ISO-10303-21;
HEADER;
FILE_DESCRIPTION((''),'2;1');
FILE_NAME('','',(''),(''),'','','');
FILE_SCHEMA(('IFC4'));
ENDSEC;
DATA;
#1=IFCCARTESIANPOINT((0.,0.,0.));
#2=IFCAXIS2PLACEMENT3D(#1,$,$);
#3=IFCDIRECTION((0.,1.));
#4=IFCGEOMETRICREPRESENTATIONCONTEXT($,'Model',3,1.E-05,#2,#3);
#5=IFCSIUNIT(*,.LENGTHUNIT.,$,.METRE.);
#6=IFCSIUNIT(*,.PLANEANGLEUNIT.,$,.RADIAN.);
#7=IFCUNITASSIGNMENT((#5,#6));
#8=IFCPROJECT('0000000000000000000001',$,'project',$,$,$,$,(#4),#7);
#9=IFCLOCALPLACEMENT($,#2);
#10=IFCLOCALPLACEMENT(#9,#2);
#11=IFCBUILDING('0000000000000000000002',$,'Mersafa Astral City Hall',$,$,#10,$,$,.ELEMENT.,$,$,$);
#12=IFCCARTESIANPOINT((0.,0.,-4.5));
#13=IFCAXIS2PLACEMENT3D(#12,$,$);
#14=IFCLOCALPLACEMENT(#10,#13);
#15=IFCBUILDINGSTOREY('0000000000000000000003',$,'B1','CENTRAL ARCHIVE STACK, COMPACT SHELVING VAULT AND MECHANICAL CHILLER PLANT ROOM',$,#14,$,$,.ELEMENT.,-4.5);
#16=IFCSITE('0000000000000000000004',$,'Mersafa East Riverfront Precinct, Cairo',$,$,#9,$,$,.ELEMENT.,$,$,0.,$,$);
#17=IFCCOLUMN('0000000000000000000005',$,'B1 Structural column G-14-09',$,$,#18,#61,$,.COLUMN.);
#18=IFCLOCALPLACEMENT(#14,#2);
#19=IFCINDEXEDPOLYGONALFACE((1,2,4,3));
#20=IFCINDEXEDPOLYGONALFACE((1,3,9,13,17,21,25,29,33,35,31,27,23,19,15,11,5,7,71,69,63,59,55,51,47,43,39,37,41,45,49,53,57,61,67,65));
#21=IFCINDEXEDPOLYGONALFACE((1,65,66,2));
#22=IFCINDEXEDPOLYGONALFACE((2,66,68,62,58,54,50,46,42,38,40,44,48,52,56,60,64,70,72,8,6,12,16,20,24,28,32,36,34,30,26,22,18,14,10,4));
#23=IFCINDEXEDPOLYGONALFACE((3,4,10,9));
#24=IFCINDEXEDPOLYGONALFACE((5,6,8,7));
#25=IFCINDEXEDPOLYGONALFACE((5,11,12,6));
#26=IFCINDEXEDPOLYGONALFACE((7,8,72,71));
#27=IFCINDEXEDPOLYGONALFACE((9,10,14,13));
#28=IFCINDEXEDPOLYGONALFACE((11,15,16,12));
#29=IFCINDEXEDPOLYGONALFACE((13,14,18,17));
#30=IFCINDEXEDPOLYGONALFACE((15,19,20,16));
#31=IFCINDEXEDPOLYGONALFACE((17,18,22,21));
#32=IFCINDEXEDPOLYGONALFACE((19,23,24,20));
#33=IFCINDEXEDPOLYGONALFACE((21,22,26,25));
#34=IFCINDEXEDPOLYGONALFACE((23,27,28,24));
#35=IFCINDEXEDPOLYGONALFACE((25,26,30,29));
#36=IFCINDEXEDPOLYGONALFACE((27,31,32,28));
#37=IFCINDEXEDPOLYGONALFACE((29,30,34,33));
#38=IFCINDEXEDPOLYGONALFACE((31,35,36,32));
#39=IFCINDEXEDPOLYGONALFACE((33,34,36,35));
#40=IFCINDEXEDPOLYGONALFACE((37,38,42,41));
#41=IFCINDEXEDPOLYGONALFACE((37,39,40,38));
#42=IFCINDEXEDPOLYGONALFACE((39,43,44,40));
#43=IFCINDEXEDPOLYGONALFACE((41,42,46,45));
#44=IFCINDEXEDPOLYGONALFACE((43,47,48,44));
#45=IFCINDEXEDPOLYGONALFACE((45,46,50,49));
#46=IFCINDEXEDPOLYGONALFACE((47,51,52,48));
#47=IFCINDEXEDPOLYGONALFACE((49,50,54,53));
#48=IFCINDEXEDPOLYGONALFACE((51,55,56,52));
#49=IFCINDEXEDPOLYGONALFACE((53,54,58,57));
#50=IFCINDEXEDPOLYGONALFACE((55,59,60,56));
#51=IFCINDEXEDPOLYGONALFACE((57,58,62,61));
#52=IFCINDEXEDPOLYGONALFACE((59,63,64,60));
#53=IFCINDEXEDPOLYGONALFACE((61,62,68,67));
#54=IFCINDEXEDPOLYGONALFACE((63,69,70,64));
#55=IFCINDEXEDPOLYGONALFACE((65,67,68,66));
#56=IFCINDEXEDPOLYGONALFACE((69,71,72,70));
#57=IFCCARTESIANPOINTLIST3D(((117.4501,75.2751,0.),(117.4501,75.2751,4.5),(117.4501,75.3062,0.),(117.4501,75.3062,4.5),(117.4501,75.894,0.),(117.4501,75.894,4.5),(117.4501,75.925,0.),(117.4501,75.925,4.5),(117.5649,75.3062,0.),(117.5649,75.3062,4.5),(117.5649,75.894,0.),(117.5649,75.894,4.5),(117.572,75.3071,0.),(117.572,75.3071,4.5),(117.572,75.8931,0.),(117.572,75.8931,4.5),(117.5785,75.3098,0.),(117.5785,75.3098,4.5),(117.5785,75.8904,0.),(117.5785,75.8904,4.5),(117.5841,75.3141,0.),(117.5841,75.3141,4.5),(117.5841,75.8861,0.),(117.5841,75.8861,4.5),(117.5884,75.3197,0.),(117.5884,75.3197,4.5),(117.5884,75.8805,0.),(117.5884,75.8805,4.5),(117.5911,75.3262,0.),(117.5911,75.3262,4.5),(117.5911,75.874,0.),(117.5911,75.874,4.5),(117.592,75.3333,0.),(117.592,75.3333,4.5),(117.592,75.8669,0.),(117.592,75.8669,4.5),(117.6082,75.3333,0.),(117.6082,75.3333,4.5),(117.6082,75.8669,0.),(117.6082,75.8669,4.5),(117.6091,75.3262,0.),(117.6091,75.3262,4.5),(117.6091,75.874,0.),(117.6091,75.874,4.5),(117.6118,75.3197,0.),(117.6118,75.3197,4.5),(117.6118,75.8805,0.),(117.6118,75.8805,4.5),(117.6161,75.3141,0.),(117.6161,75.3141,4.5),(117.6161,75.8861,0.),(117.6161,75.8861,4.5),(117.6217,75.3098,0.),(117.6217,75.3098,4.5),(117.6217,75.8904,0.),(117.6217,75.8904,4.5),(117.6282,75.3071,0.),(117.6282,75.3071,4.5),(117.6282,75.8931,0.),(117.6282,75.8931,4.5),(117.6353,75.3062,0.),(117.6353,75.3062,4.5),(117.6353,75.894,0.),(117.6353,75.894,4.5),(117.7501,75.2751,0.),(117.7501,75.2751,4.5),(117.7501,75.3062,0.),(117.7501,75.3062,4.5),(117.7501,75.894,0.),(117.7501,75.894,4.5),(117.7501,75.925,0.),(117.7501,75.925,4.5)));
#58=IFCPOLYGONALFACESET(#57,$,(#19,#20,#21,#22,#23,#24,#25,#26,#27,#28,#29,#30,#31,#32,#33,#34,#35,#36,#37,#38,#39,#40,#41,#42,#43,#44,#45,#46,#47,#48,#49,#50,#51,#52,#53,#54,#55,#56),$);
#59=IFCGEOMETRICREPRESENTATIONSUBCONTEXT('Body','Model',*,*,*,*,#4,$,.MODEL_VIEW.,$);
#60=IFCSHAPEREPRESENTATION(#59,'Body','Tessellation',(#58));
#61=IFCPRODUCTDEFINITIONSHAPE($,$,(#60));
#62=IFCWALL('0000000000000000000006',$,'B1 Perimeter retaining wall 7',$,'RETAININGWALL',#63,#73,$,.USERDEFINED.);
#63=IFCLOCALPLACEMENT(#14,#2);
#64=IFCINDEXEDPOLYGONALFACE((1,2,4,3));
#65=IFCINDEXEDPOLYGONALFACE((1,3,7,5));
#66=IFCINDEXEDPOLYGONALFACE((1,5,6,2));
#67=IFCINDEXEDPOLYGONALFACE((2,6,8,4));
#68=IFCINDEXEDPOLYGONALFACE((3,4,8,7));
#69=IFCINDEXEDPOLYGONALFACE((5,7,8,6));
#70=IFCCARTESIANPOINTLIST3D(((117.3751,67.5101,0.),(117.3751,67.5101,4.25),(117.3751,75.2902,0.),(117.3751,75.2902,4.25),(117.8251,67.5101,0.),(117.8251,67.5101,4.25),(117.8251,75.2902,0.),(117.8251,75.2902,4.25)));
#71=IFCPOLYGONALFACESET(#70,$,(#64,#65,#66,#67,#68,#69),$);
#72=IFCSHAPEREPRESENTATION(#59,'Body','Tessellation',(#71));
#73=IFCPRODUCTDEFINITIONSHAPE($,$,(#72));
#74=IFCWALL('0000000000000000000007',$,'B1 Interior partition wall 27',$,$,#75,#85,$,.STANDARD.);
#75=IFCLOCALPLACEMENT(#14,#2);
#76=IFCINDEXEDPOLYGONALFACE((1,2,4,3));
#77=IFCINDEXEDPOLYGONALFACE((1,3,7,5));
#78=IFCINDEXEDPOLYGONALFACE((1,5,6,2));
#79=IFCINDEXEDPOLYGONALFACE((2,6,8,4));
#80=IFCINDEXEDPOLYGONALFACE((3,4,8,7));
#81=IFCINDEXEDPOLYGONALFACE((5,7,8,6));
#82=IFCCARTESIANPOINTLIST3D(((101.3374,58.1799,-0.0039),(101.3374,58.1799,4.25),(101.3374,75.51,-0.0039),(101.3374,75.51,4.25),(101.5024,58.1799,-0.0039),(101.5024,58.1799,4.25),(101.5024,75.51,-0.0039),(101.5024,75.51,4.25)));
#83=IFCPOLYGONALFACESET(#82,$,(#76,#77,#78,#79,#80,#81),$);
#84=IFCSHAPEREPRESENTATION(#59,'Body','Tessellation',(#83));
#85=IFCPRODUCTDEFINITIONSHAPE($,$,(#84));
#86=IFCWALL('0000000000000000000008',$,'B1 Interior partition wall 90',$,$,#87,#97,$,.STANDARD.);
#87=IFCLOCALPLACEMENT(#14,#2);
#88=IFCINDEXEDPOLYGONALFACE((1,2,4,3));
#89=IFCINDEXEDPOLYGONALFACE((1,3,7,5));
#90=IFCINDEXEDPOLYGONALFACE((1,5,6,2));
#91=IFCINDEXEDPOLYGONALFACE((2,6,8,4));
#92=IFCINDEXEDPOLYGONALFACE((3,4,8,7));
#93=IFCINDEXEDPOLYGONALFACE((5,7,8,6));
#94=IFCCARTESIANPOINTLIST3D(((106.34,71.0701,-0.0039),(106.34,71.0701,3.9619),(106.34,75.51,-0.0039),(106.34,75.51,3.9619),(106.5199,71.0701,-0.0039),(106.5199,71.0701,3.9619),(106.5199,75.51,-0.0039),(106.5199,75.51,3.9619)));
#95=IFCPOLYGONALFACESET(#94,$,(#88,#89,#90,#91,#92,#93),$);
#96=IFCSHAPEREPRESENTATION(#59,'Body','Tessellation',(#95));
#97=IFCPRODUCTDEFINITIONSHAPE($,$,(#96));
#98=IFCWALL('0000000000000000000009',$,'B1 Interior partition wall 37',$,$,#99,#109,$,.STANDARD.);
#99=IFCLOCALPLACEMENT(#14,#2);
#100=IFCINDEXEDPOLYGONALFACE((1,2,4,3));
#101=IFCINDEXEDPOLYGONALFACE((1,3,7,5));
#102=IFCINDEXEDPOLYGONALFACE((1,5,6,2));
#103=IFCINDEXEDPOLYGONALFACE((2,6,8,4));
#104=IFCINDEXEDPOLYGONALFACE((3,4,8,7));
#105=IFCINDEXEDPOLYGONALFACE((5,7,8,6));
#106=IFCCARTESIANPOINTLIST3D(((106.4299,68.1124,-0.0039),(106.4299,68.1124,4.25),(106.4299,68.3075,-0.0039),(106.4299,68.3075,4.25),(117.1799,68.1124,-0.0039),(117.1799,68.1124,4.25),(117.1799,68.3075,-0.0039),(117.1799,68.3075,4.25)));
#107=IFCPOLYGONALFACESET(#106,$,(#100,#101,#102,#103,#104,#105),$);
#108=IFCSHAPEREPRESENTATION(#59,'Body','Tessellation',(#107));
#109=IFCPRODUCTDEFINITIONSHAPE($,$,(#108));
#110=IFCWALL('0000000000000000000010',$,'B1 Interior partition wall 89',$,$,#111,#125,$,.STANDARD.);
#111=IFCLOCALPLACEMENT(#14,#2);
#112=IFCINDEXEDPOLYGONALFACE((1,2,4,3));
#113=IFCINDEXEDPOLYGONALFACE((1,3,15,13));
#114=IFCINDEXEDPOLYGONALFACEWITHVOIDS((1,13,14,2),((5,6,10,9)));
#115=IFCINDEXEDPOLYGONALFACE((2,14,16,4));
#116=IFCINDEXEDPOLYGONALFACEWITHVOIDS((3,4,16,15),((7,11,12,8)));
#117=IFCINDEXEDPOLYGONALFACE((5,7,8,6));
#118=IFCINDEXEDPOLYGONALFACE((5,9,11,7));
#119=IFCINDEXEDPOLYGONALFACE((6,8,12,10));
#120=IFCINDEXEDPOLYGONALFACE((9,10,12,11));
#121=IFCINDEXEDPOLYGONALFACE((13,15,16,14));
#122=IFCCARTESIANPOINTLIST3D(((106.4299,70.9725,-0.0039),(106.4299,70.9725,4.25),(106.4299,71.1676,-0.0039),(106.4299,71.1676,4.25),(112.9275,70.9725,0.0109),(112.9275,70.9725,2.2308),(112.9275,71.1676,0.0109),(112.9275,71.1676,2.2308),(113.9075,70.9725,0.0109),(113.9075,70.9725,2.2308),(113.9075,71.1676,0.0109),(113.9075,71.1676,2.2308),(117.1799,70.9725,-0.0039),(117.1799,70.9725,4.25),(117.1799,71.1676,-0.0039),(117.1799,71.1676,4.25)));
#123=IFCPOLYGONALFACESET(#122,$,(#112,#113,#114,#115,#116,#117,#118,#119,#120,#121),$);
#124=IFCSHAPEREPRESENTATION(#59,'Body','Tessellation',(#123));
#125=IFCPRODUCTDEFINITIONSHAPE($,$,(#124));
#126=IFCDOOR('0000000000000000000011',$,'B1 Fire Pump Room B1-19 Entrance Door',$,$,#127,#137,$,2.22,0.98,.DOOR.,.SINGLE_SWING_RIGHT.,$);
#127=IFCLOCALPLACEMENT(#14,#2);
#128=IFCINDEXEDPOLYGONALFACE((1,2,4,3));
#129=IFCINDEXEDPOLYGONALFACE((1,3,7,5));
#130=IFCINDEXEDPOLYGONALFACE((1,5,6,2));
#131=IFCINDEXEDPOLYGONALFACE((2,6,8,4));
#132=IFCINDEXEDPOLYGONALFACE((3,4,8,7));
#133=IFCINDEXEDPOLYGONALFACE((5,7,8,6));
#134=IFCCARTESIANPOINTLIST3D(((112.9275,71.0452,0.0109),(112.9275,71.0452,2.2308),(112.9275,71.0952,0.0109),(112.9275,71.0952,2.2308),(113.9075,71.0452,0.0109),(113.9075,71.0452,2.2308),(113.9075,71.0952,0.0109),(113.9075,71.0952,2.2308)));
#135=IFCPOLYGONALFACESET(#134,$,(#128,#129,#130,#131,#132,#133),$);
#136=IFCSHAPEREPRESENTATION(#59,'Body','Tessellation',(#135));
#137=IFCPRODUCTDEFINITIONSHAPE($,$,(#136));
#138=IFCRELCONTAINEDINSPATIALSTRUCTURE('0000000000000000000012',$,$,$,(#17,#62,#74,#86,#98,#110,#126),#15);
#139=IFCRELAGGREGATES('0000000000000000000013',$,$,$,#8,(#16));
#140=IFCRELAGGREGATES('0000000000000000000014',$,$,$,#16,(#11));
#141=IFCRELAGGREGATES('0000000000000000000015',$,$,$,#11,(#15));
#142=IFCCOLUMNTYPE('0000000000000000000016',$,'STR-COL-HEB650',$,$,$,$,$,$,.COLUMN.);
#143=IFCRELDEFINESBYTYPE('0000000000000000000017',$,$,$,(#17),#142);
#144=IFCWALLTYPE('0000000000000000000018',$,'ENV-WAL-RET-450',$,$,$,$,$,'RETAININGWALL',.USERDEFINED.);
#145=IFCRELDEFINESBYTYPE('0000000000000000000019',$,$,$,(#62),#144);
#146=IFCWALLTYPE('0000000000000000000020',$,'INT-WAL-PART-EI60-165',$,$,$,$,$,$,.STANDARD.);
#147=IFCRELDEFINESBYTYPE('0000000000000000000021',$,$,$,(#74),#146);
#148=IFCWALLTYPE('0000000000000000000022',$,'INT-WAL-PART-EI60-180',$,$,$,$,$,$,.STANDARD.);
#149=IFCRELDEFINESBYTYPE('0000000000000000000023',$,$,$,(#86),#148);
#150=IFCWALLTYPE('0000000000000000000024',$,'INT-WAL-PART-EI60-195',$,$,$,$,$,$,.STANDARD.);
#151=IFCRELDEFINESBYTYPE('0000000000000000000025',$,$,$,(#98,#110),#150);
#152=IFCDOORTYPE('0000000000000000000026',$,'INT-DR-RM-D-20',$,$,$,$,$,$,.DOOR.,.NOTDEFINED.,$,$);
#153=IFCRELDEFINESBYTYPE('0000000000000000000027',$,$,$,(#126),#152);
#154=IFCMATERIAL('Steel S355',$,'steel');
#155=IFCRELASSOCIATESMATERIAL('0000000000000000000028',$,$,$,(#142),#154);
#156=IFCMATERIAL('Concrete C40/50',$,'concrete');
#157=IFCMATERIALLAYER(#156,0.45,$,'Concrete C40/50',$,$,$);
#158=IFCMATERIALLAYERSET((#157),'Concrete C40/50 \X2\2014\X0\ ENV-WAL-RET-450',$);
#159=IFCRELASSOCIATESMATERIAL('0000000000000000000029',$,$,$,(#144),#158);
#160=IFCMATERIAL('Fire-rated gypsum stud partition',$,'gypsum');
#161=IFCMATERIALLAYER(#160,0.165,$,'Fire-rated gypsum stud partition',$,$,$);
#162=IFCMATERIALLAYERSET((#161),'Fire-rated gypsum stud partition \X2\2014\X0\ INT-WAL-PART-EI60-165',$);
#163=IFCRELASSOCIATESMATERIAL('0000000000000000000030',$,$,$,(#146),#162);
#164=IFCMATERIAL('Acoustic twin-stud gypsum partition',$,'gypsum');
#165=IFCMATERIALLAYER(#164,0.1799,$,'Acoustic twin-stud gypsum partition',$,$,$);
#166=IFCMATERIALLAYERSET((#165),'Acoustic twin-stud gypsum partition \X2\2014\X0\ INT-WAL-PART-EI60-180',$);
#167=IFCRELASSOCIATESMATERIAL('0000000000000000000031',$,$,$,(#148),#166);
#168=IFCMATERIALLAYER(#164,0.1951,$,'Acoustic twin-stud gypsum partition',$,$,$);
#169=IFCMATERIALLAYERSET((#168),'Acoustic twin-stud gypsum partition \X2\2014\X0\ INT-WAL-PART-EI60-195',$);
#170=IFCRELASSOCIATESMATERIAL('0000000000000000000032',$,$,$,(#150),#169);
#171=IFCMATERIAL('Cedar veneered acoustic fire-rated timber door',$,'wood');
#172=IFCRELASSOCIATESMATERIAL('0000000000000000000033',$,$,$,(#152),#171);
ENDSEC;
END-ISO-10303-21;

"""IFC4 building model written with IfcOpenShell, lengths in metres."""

from ifc_helpers import new_model, si_unit, direction, frame, frame_2d, origin, origin_2d, place, context, subcontext, project, spatial, rectangle, i_section, extrude, material, layer, layer_set, material_profile, profile_set, type_object, element, fill, save


model = new_model("IFC4")

# Units and contexts
model_context = context("Model", 3, precision=1e-05, world=origin(), true_north=direction((0.0, 1.0)))
body_context = subcontext(model_context, "Body", "Model", "MODEL_VIEW")
ifc_project = project(units=[si_unit("LENGTHUNIT", "METRE"), si_unit("PLANEANGLEUNIT", "RADIAN")], contexts=[model_context])

# Site, building, storey
site_placement = place(None, origin())
site = spatial("IfcSite", under=ifc_project, at=site_placement, Name="Mersafa East Riverfront Precinct, Cairo", CompositionType="ELEMENT", RefElevation=0.0)
building_placement = place(site_placement, origin())
building = spatial("IfcBuilding", under=site, at=building_placement, Name="Mersafa Astral City Hall", CompositionType="ELEMENT")
storey_placement = place(building_placement, frame((0.0, 0.0, -4.5)))
storey = spatial("IfcBuildingStorey", under=building, at=storey_placement, Name="B1", Description="CENTRAL ARCHIVE STACK, COMPACT SHELVING VAULT AND MECHANICAL CHILLER PLANT ROOM", CompositionType="ELEMENT", Elevation=-4.5)

# Shared definitions
ifc_material_1 = material(Name="Concrete C40/50", Category="concrete")

# Column
ifc_material_2 = material(Name="Steel S355", Category="steel")
ifc_material_profile_1 = material_profile(ifc_material_2, i_section(OverallWidth=0.3, OverallDepth=0.6499, WebThickness=0.0161, FlangeThickness=0.031, FilletRadius=0.0271, at=origin_2d()), Name="HEB 650")
ifc_profile_set_1 = profile_set([ifc_material_profile_1], Name="Steel S355")
column_type_1 = type_object("IfcColumnType", Name="STR-COL-HEB650", PredefinedType="COLUMN", material=ifc_profile_set_1)
for number, where, z_axis, x_axis, name in (
    (1, (117.6001, 75.6001, 0.0), (0.0, 0.0, 1.0), (1.0, 0.0, 0.0), "B1 Structural column G-14-09"),
):
    element("IfcColumn", number, at=place(storey_placement, frame(where, z_axis=z_axis, x_axis=x_axis)), inside=storey, type_object=column_type_1, Name=name, PredefinedType="COLUMN", context=body_context, shape_type="SweptSolid", body=[
        extrude(i_section(OverallWidth=0.3, OverallDepth=0.6499, WebThickness=0.0161, FlangeThickness=0.031, FilletRadius=0.0271, at=origin_2d()), origin(), (0.0, 0.0, 1.0), 4.5),
    ])

# Walls
ifc_layer_1 = layer(ifc_material_1, 0.45, Name="Concrete C40/50")
ifc_layer_set_1 = layer_set([ifc_layer_1], Name="Concrete C40/50 — ENV-WAL-RET-450")
wall_type_1 = type_object("IfcWallType", Name="ENV-WAL-RET-450", ElementType="RETAININGWALL", PredefinedType="USERDEFINED", material=ifc_layer_set_1)
wall_1_placement = place(storey_placement, frame((117.6001, 67.51, 0.0), z_axis=(0.0, 0.0, 1.0), x_axis=(0.0, 1.0, 0.0)))
element("IfcWall", 2, at=wall_1_placement, inside=storey, type_object=wall_type_1, Name="B1 Perimeter retaining wall 7", ObjectType="RETAININGWALL", PredefinedType="USERDEFINED", context=body_context, shape_type="SweptSolid", body=[
    extrude(rectangle(XDim=7.78, YDim=0.45, at=frame_2d((3.8901, 0.0))), origin(), (0.0, 0.0, 1.0), 4.25),
])
ifc_material_3 = material(Name="Fire-rated gypsum stud partition", Category="gypsum")
ifc_layer_2 = layer(ifc_material_3, 0.165, Name="Fire-rated gypsum stud partition")
ifc_layer_set_2 = layer_set([ifc_layer_2], Name="Fire-rated gypsum stud partition — INT-WAL-PART-EI60-165")
wall_type_2 = type_object("IfcWallType", Name="INT-WAL-PART-EI60-165", PredefinedType="STANDARD", material=ifc_layer_set_2)
wall_2_placement = place(storey_placement, frame((101.4199, 75.51, -0.0039), z_axis=(0.0, 0.0, 1.0), x_axis=(0.0, -1.0, 0.0)))
element("IfcWall", 3, at=wall_2_placement, inside=storey, type_object=wall_type_2, Name="B1 Interior partition wall 27", PredefinedType="STANDARD", context=body_context, shape_type="SweptSolid", body=[
    extrude(rectangle(XDim=17.3301, YDim=0.165, at=frame_2d((8.665, 0.0))), origin(), (0.0, 0.0, 1.0), 4.2539),
])
ifc_material_4 = material(Name="Acoustic twin-stud gypsum partition", Category="gypsum")
ifc_layer_3 = layer(ifc_material_4, 0.1799, Name="Acoustic twin-stud gypsum partition")
ifc_layer_set_3 = layer_set([ifc_layer_3], Name="Acoustic twin-stud gypsum partition — INT-WAL-PART-EI60-180")
wall_type_3 = type_object("IfcWallType", Name="INT-WAL-PART-EI60-180", PredefinedType="STANDARD", material=ifc_layer_set_3)
wall_3_placement = place(storey_placement, frame((106.4299, 71.0701, -0.0039), z_axis=(0.0, 0.0, 1.0), x_axis=(0.0, 1.0, 0.0)))
element("IfcWall", 4, at=wall_3_placement, inside=storey, type_object=wall_type_3, Name="B1 Interior partition wall 90", PredefinedType="STANDARD", context=body_context, shape_type="SweptSolid", body=[
    extrude(rectangle(XDim=4.4399, YDim=0.1799, at=frame_2d((2.22, 0.0))), origin(), (0.0, 0.0, 1.0), 3.9658),
])
ifc_layer_4 = layer(ifc_material_4, 0.1951, Name="Acoustic twin-stud gypsum partition")
ifc_layer_set_4 = layer_set([ifc_layer_4], Name="Acoustic twin-stud gypsum partition — INT-WAL-PART-EI60-195")
wall_type_4 = type_object("IfcWallType", Name="INT-WAL-PART-EI60-195", PredefinedType="STANDARD", material=ifc_layer_set_4)
wall_4_placement = place(storey_placement, frame((106.4299, 68.21, -0.0039), z_axis=(0.0, 0.0, 1.0), x_axis=(1.0, 0.0, 0.0)))
element("IfcWall", 5, at=wall_4_placement, inside=storey, type_object=wall_type_4, Name="B1 Interior partition wall 37", PredefinedType="STANDARD", context=body_context, shape_type="SweptSolid", body=[
    extrude(rectangle(XDim=10.75, YDim=0.1951, at=frame_2d((5.375, 0.0))), origin(), (0.0, 0.0, 1.0), 4.2539),
])

# Wall, opening, door
wall_5_placement = place(storey_placement, frame((117.1799, 71.0701, -0.0039), z_axis=(0.0, 0.0, 1.0), x_axis=(-1.0, 0.0, 0.0)))
wall_5 = element("IfcWall", 6, at=wall_5_placement, inside=storey, type_object=wall_type_4, Name="B1 Interior partition wall 89", PredefinedType="STANDARD", context=body_context, shape_type="SweptSolid", body=[
    extrude(rectangle(XDim=10.75, YDim=0.1951, at=frame_2d((5.375, 0.0))), origin(), (0.0, 0.0, 1.0), 4.2539),
])
opening_placement = place(wall_5_placement, frame((3.2725, 0.0, 0.0149)))
opening = element("IfcOpeningElement", 7, at=opening_placement, cuts=wall_5, PredefinedType="OPENING", context=body_context, shape_type="SweptSolid", body=[
    extrude(rectangle(XDim=0.98, YDim=2.22, at=frame_2d((0.49, 1.1099))), frame((0.0, 0.1074, 0.0), z_axis=(0.0, -1.0, 0.0), x_axis=(1.0, 0.0, 0.0)), (0.0, 0.0, 1.0), 0.2151),
])
ifc_material_5 = material(Name="Cedar veneered acoustic fire-rated timber door", Category="wood")
door_type = type_object("IfcDoorType", Name="INT-DR-RM-D-20", OperationType="NOTDEFINED", PredefinedType="DOOR", material=ifc_material_5)
door_placement = place(opening_placement, origin())
door = element("IfcDoor", 8, at=door_placement, inside=storey, type_object=door_type, Name="B1 Fire Pump Room B1-19 Entrance Door", OperationType="SINGLE_SWING_RIGHT", OverallHeight=2.22, OverallWidth=0.98, PredefinedType="DOOR", context=body_context, shape_type="SweptSolid", body=[
    extrude(rectangle(XDim=0.98, YDim=2.22, at=frame_2d((0.49, 1.1099))), frame((0.0, 0.0249, 0.0), z_axis=(0.0, -1.0, 0.0), x_axis=(1.0, 0.0, 0.0)), (0.0, 0.0, 1.0), 0.05),
])
fill(opening, door)

save(model, "model.ifc")
